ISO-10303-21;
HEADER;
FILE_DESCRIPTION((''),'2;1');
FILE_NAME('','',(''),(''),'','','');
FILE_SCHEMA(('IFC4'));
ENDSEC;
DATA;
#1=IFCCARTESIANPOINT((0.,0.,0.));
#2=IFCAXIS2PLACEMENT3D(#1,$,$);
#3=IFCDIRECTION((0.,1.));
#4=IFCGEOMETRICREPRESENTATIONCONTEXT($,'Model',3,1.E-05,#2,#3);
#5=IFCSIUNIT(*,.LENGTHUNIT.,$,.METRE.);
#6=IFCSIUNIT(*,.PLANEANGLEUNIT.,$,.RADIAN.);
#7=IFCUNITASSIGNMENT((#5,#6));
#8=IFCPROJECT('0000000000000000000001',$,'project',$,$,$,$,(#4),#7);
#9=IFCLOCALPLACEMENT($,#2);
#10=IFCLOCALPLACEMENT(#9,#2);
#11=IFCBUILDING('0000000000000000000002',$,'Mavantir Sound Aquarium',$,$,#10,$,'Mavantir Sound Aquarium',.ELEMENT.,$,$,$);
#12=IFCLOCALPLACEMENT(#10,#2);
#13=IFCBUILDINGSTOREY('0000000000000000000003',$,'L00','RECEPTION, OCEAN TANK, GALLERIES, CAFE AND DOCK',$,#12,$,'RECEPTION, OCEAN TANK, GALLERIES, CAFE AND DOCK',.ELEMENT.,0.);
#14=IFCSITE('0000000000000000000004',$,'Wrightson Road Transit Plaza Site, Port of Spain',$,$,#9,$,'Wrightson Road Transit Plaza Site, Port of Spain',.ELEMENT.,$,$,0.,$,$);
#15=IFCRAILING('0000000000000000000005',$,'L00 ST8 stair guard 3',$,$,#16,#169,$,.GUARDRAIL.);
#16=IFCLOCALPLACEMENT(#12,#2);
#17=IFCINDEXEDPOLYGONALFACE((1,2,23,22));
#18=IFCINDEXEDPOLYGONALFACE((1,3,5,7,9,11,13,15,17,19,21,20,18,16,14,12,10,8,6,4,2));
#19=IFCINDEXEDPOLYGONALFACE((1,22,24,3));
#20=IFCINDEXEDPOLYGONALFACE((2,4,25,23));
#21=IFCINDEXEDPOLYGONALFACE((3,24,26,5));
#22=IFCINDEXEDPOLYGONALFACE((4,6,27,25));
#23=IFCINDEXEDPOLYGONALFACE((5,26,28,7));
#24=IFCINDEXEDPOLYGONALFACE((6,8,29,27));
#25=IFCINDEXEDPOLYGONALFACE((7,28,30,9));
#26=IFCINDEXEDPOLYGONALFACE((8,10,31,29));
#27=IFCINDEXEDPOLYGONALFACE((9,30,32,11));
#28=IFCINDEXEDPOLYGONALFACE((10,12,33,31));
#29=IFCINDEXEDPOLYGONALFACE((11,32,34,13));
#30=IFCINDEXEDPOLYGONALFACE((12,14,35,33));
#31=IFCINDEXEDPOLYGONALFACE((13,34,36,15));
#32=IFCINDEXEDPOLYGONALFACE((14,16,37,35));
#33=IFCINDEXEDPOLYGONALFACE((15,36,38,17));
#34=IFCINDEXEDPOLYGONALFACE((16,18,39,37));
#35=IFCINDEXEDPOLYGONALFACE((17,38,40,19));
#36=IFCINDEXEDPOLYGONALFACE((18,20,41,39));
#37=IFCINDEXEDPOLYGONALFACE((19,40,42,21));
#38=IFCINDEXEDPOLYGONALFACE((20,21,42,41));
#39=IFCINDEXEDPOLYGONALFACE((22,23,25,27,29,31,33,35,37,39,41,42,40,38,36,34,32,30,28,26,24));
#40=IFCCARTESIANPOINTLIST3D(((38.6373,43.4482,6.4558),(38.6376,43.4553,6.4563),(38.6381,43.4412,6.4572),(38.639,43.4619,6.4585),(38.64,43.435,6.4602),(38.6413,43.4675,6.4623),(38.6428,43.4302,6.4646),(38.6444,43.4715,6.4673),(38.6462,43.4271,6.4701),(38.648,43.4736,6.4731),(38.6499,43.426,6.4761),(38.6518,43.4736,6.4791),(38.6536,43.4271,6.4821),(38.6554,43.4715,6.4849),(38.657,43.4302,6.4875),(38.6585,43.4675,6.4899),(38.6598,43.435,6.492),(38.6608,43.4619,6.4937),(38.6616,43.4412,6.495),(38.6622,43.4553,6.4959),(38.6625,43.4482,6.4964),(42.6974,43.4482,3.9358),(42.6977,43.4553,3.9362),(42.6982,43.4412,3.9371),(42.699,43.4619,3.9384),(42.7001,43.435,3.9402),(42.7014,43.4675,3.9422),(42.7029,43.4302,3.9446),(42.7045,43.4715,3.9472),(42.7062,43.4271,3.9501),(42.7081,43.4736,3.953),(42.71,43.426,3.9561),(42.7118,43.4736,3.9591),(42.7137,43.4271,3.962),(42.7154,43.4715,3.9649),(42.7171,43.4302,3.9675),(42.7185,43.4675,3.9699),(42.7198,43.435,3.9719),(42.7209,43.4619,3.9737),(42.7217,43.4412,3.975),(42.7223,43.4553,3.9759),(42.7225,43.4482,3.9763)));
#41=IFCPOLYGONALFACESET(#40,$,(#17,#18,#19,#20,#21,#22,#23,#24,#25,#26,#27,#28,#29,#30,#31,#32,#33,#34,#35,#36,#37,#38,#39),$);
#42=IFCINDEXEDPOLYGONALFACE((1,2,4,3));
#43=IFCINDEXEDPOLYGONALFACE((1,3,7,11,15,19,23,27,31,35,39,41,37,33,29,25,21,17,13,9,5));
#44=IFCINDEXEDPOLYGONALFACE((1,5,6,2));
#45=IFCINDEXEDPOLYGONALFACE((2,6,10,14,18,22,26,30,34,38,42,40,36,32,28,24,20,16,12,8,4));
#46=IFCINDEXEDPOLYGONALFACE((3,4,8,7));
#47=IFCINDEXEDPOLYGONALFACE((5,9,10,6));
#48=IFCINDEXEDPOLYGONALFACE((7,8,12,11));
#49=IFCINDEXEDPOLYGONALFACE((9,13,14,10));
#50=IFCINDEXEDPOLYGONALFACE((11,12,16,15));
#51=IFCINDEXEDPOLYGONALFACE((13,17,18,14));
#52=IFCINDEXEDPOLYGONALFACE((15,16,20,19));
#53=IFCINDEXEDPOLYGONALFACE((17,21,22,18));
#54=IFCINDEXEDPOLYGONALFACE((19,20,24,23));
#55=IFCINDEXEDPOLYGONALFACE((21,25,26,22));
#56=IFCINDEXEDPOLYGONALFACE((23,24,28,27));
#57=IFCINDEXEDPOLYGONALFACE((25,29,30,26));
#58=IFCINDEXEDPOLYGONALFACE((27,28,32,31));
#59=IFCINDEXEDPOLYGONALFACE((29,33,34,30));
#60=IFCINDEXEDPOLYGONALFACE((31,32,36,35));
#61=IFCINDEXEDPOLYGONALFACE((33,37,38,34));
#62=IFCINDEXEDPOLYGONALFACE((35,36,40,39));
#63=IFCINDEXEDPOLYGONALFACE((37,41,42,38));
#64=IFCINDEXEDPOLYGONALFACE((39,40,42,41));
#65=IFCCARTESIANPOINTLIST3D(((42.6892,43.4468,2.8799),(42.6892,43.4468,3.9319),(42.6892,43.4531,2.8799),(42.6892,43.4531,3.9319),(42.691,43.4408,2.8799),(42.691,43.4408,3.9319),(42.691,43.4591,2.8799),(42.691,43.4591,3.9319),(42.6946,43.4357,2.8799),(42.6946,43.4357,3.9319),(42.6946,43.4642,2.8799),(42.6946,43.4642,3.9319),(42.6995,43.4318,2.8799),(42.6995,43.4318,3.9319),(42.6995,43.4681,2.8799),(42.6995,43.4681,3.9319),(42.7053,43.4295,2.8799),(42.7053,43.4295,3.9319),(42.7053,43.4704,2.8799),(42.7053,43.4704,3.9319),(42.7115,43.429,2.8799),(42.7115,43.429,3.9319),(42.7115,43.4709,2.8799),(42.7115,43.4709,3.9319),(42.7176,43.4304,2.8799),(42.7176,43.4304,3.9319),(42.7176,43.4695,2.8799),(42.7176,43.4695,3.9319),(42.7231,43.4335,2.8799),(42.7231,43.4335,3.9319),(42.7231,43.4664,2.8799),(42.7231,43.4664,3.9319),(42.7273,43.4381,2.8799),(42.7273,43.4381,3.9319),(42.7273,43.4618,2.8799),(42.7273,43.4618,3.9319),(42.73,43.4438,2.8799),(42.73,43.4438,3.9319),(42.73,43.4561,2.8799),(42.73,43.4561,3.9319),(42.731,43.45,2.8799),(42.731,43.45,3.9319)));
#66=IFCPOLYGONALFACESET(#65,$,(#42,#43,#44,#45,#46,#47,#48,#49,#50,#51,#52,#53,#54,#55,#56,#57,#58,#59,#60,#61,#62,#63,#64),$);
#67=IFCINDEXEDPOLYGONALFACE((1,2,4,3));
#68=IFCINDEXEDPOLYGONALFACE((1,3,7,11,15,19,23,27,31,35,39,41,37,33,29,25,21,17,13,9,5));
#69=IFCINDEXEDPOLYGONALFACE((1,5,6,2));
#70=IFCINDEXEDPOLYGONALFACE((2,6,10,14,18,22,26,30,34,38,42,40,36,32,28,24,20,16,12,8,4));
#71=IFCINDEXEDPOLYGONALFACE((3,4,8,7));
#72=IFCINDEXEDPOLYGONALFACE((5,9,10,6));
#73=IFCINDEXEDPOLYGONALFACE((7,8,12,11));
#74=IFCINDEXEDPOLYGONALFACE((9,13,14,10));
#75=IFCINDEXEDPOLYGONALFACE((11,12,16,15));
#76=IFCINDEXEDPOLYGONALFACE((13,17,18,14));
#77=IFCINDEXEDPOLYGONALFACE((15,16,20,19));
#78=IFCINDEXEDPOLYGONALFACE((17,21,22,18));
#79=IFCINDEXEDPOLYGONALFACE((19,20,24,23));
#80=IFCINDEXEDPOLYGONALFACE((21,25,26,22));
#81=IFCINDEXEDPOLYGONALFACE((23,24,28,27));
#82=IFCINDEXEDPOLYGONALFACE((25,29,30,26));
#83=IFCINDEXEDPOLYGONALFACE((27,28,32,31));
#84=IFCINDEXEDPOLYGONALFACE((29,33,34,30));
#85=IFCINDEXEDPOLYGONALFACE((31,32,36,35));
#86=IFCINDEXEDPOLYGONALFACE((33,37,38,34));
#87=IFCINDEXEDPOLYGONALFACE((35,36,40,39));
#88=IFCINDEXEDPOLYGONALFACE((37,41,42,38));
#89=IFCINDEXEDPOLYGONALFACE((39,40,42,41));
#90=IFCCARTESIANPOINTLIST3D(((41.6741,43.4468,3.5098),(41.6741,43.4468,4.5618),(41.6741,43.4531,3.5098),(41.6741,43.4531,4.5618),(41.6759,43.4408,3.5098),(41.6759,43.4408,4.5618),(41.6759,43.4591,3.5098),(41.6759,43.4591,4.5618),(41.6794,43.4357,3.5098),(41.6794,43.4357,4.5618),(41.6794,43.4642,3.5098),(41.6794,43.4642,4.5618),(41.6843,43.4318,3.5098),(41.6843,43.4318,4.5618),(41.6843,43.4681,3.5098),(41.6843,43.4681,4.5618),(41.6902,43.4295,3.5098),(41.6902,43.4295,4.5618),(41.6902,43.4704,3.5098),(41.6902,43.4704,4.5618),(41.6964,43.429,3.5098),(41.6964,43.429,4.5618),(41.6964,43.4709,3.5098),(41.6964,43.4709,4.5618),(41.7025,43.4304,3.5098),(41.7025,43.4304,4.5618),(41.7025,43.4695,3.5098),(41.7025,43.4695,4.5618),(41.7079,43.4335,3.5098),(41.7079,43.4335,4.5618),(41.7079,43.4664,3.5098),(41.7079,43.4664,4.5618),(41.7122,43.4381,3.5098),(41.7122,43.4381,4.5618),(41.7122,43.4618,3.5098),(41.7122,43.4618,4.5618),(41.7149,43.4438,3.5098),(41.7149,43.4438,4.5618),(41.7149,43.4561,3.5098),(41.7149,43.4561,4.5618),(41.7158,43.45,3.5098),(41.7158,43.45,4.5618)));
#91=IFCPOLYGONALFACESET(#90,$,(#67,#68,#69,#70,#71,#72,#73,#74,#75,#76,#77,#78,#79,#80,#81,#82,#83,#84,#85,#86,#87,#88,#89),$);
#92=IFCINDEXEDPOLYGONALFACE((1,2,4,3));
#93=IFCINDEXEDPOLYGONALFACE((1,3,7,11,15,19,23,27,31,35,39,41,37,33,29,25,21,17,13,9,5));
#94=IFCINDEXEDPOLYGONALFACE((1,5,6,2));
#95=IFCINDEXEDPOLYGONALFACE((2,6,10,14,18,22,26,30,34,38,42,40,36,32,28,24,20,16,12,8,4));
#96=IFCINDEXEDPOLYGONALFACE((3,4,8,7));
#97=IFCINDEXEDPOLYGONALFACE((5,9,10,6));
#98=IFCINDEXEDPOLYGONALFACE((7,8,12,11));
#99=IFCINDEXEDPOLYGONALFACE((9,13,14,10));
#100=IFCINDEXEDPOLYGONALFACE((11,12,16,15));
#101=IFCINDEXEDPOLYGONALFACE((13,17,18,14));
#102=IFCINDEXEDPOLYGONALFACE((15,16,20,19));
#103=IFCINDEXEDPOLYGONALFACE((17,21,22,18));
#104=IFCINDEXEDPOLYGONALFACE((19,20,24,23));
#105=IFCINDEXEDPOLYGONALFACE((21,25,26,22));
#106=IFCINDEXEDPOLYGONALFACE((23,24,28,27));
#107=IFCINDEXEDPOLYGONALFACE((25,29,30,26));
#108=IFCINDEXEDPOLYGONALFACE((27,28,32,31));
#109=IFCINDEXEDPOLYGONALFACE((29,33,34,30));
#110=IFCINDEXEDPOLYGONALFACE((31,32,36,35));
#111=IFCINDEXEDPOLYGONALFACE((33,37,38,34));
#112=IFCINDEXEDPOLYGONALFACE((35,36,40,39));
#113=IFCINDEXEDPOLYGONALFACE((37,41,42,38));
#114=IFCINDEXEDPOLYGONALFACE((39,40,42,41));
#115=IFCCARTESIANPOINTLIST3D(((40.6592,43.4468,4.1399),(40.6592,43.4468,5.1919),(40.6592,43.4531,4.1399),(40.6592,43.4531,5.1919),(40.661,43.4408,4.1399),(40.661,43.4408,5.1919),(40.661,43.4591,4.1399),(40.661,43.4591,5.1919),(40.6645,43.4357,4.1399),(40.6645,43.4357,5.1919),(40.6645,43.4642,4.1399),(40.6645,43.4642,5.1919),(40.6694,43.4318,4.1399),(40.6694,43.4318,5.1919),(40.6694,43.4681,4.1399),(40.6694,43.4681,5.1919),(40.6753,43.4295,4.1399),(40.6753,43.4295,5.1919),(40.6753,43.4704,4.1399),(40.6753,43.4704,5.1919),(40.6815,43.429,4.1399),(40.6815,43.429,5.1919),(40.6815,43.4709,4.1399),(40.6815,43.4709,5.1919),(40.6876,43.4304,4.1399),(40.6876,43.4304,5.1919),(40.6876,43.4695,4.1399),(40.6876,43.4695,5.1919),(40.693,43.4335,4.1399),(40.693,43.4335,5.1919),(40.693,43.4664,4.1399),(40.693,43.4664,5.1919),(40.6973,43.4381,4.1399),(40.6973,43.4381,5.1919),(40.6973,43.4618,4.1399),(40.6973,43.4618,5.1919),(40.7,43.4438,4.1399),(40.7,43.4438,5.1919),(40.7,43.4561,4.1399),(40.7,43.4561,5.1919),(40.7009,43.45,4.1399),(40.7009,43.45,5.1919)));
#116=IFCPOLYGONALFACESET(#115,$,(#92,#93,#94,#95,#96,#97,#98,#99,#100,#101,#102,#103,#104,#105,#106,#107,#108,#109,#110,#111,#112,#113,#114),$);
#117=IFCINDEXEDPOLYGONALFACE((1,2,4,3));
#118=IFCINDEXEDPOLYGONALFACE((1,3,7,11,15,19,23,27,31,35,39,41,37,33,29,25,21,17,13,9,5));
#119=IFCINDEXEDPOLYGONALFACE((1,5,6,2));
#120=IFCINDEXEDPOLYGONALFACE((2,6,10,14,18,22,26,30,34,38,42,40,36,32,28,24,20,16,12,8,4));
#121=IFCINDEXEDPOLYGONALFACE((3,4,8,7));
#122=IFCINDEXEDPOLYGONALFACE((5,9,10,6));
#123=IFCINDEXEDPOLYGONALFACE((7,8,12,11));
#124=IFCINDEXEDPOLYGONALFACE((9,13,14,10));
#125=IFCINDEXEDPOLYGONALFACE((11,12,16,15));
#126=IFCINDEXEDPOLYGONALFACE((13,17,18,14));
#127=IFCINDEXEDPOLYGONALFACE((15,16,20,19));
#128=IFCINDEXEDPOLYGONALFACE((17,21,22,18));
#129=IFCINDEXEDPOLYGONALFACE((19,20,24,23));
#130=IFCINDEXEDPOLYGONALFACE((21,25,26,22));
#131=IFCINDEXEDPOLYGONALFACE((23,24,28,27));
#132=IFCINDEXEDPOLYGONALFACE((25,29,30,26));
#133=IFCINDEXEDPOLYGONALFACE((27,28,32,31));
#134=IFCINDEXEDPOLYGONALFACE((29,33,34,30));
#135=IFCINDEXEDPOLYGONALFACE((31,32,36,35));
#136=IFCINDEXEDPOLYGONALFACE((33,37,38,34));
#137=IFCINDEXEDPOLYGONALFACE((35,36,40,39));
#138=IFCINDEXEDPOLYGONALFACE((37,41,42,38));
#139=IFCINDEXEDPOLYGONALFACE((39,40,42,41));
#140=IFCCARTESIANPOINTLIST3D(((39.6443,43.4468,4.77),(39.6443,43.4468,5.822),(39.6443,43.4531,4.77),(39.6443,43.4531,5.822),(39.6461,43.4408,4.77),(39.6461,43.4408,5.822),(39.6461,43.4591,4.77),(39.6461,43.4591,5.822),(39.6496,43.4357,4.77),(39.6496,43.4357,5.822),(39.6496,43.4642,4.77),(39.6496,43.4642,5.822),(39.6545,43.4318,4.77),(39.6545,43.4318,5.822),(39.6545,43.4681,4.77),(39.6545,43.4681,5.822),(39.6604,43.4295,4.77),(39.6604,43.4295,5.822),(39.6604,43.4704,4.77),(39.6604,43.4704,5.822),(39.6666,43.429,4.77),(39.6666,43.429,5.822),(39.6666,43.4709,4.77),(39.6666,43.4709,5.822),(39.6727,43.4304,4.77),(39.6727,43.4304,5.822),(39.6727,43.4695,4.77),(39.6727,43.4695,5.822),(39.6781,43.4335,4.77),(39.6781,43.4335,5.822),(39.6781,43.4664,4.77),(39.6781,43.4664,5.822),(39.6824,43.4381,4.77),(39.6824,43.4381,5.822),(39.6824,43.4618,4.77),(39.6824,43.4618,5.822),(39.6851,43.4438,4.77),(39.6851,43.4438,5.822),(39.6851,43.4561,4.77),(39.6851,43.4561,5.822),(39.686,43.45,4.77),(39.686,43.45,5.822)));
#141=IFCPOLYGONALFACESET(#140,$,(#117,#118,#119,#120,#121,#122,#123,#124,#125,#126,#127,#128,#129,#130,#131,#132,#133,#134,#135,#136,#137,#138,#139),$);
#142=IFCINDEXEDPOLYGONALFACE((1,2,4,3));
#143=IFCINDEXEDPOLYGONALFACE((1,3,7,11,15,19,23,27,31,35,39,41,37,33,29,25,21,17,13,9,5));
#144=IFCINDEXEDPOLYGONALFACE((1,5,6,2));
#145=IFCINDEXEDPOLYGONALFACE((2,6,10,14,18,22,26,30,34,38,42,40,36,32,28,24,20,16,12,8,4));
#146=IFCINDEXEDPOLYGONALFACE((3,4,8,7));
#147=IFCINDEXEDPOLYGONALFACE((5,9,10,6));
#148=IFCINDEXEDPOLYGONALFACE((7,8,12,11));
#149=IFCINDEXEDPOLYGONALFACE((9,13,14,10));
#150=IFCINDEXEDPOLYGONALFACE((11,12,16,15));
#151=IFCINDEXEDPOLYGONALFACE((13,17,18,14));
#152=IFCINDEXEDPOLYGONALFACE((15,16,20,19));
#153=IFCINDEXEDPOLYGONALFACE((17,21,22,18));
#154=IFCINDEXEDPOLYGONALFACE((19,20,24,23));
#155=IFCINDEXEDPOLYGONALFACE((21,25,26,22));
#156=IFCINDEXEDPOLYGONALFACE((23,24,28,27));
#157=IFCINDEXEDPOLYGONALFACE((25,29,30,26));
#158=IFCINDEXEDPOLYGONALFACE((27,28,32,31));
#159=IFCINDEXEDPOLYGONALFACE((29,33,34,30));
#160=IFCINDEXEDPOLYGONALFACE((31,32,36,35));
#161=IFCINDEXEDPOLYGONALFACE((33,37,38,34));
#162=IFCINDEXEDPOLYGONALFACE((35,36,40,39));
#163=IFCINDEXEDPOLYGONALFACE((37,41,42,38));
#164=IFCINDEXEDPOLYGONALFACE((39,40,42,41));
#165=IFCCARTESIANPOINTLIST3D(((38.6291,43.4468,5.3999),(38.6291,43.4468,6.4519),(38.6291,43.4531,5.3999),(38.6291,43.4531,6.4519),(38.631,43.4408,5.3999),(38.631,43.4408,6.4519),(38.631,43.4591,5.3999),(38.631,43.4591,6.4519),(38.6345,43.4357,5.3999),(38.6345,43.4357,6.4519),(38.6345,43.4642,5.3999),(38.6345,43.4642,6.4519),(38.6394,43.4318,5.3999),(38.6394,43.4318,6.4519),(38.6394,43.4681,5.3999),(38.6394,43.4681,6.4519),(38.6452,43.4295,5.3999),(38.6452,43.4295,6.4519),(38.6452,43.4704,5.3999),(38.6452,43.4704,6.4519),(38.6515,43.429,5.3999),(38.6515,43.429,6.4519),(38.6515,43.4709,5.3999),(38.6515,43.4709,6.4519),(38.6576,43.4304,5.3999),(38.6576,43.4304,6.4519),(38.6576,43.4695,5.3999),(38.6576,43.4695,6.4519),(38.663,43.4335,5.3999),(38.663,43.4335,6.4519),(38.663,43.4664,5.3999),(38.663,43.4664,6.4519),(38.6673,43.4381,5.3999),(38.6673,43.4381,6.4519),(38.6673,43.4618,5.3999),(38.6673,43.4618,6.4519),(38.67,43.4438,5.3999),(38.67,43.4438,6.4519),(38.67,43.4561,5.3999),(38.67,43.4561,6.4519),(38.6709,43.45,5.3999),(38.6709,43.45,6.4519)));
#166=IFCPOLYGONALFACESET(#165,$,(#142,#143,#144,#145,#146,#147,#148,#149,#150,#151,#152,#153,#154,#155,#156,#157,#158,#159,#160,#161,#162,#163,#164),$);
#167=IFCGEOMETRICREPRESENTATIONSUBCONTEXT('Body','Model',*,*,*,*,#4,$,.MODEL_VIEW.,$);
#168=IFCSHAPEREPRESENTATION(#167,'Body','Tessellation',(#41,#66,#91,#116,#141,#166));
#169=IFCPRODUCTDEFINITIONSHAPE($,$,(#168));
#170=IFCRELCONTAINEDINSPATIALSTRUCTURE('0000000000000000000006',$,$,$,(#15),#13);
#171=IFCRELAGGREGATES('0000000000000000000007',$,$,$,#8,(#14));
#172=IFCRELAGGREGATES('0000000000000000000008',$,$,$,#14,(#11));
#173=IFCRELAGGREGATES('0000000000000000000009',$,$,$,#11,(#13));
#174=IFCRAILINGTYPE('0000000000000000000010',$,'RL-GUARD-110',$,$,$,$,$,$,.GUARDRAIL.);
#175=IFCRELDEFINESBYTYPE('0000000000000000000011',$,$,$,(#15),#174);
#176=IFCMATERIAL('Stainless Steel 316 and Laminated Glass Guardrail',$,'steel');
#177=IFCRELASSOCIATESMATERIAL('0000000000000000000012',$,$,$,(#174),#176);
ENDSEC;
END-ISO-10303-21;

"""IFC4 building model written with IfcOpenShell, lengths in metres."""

from ifc_helpers import new_model, si_unit, direction, frame, origin, origin_2d, place, context, subcontext, project, spatial, circle, extrude, material, type_object, element, save


model = new_model("IFC4")

# Units and contexts
model_context = context("Model", 3, precision=1e-05, world=origin(), true_north=direction((0.0, 1.0)))
body_context = subcontext(model_context, "Body", "Model", "MODEL_VIEW")
ifc_project = project(units=[si_unit("LENGTHUNIT", "METRE"), si_unit("PLANEANGLEUNIT", "RADIAN")], contexts=[model_context])

# Site, building, storey
site_placement = place(None, origin())
site = spatial("IfcSite", under=ifc_project, at=site_placement, Name="Wrightson Road Transit Plaza Site, Port of Spain", LongName="Wrightson Road Transit Plaza Site, Port of Spain", CompositionType="ELEMENT", RefElevation=0.0)
building_placement = place(site_placement, origin())
building = spatial("IfcBuilding", under=site, at=building_placement, Name="Mavantir Sound Aquarium", LongName="Mavantir Sound Aquarium", CompositionType="ELEMENT")
storey_placement = place(building_placement, origin())
storey = spatial("IfcBuildingStorey", under=building, at=storey_placement, Name="L00", Description="RECEPTION, OCEAN TANK, GALLERIES, CAFE AND DOCK", LongName="RECEPTION, OCEAN TANK, GALLERIES, CAFE AND DOCK", CompositionType="ELEMENT", Elevation=0.0)

# Railing
ifc_material_1 = material(Name="Stainless Steel 316 and Laminated Glass Guardrail", Category="steel")
railing_type_1 = type_object("IfcRailingType", Name="RL-GUARD-110", PredefinedType="GUARDRAIL", material=ifc_material_1)
railing_1_placement = place(storey_placement, frame((42.71, 43.45, 2.8799)))
element("IfcRailing", 1, at=railing_1_placement, inside=storey, type_object=railing_type_1, Name="L00 ST8 stair guard 3", PredefinedType="GUARDRAIL", context=body_context, shape_type="SweptSolid", body=[
    extrude(circle(Radius=0.0239, at=origin_2d()), frame((0.0, 0.0, 1.0762), z_axis=(-0.849642, 0.0, 0.52736), x_axis=(0.0, -1.0, 0.0)), (0.0, 0.0, 1.0), 4.7786),
    extrude(circle(Radius=0.021, at=origin_2d()), origin(), (0.0, 0.0, 1.0), 1.052),
    extrude(circle(Radius=0.021, at=origin_2d()), frame((-1.0151, 0.0, 0.6299)), (0.0, 0.0, 1.0), 1.052),
    extrude(circle(Radius=0.021, at=origin_2d()), frame((-2.03, 0.0, 1.26)), (0.0, 0.0, 1.0), 1.052),
    extrude(circle(Radius=0.021, at=origin_2d()), frame((-3.0449, 0.0, 1.8901)), (0.0, 0.0, 1.0), 1.052),
    extrude(circle(Radius=0.021, at=origin_2d()), frame((-4.0601, 0.0, 2.52)), (0.0, 0.0, 1.0), 1.052),
])

save(model, "model.ifc")
